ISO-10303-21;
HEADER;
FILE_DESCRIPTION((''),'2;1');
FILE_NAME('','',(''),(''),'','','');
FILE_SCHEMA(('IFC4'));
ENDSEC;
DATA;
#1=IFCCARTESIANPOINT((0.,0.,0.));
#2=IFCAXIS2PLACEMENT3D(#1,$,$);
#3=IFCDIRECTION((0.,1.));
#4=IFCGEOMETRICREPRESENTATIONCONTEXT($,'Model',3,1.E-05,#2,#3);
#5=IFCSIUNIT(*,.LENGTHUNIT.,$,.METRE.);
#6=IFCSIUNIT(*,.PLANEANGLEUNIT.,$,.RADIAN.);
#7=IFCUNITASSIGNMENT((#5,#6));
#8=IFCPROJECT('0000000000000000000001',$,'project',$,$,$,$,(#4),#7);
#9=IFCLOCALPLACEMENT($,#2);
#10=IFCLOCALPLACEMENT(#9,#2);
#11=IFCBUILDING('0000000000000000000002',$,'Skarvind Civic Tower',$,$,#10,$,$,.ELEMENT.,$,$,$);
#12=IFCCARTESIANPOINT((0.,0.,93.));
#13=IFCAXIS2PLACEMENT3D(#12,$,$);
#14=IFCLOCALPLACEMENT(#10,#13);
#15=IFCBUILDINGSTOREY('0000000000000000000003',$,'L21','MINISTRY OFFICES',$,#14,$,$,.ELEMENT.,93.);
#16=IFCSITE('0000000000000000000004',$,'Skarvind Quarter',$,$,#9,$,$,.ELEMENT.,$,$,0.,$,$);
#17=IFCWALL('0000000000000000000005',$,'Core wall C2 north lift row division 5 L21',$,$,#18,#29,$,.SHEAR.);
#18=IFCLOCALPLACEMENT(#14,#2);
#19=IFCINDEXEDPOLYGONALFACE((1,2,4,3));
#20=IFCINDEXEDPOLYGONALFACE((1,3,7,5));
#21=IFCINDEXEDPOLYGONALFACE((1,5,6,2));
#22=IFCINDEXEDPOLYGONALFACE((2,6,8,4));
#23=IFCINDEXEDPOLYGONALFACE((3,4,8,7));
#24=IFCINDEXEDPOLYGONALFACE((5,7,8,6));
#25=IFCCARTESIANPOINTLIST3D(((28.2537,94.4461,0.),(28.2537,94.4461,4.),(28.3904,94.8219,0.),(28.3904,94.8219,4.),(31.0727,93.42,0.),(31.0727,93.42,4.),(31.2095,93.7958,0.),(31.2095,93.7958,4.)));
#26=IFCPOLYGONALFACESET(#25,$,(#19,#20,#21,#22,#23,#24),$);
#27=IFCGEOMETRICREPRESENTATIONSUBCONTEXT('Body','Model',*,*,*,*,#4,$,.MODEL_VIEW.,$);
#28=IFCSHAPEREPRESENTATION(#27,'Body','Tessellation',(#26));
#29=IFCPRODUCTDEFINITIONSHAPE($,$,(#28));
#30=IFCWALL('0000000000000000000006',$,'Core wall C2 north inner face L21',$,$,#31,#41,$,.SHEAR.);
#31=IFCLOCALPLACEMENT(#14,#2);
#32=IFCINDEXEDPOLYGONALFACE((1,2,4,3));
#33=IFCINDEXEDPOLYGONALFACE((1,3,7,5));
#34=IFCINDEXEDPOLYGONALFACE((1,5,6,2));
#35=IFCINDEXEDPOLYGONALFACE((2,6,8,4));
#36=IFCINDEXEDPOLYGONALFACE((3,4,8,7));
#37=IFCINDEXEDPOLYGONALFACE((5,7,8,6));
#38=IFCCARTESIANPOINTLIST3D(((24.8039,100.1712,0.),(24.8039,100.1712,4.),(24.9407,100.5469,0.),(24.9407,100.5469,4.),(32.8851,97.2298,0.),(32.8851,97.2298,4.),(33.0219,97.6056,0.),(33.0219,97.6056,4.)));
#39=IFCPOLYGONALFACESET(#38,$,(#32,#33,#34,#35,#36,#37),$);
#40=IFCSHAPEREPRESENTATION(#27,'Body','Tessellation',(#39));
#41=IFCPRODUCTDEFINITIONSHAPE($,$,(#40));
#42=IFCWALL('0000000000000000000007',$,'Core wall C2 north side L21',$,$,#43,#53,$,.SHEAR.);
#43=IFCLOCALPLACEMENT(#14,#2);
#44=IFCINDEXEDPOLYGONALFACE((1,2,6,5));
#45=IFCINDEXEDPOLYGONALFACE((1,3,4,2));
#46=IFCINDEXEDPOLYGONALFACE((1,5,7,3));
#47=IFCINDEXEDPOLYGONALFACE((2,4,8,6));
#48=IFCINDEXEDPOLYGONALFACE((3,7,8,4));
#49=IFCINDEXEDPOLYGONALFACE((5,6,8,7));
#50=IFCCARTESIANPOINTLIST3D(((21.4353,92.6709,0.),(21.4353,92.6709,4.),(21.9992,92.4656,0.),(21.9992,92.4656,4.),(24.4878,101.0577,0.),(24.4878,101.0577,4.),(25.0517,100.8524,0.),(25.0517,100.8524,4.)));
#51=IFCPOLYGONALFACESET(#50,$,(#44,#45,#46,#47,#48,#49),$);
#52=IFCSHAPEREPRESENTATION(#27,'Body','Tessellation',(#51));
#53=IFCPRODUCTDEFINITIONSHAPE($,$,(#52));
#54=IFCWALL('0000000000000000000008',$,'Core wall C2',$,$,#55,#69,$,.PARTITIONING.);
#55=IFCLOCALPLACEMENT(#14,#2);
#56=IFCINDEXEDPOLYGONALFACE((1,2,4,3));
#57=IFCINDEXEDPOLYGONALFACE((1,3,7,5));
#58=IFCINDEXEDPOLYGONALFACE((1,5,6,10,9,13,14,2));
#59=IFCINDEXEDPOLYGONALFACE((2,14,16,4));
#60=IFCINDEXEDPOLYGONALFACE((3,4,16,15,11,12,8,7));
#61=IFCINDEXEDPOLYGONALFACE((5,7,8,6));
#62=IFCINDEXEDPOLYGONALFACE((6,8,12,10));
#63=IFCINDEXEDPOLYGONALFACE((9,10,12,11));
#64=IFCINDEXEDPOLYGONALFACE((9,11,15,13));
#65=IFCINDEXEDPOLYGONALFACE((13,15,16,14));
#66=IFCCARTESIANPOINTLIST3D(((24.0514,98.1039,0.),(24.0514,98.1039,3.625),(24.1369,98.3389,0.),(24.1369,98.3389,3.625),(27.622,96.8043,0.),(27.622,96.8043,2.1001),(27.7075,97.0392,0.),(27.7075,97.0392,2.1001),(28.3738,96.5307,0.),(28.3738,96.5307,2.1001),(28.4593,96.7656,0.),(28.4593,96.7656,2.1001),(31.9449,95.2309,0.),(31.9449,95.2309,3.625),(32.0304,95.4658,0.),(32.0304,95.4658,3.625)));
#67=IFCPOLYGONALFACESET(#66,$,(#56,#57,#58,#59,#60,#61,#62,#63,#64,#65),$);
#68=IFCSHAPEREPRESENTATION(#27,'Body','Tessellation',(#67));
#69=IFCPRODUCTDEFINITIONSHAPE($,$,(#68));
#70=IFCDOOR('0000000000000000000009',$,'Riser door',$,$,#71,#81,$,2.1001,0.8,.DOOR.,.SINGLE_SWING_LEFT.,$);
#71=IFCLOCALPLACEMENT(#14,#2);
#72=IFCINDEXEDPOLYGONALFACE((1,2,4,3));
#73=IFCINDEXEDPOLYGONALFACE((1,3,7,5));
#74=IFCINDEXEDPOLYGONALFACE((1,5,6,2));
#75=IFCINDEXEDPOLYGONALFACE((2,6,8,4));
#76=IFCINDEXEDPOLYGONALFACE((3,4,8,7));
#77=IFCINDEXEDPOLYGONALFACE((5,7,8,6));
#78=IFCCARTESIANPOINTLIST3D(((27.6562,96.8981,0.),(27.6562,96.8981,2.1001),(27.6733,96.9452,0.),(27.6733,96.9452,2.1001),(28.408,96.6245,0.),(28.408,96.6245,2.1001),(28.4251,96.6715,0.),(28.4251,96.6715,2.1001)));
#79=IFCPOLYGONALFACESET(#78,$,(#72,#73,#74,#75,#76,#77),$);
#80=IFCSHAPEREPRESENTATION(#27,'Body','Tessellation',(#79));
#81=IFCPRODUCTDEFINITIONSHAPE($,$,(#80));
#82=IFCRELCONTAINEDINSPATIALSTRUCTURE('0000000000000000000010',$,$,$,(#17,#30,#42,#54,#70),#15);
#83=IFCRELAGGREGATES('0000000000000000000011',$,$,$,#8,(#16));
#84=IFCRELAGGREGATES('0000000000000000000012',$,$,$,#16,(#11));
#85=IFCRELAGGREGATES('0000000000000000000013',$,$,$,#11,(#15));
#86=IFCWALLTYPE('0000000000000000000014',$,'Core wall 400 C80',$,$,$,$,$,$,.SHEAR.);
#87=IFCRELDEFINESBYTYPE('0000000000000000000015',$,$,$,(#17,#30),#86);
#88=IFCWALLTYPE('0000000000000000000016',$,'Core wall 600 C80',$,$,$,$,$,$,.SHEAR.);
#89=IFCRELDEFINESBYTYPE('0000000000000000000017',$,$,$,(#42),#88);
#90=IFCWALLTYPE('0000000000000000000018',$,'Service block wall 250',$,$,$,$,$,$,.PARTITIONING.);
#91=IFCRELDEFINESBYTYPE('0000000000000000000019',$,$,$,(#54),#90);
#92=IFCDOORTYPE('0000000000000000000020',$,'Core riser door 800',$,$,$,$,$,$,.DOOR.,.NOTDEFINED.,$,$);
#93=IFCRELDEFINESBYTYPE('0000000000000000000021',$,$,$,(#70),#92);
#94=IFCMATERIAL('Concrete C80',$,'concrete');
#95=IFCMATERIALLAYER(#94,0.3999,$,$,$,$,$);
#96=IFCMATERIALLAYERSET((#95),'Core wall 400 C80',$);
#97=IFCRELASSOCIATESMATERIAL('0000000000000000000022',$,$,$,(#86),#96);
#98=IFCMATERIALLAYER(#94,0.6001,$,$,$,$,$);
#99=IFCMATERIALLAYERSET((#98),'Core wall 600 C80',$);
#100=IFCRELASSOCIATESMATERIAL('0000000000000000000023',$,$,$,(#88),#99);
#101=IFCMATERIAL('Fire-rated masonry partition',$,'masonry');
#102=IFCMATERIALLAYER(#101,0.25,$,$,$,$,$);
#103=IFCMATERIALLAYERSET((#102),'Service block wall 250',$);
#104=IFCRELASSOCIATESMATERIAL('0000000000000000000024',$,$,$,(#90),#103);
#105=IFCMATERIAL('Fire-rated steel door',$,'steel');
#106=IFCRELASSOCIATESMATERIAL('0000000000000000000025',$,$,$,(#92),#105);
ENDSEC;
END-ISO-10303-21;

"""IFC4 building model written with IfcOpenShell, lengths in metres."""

from ifc_helpers import new_model, si_unit, direction, frame, frame_2d, origin, place, context, subcontext, project, spatial, rectangle, extrude, material, layer, layer_set, type_object, element, fill, save


model = new_model("IFC4")

# Units and contexts
model_context = context("Model", 3, precision=1e-05, world=origin(), true_north=direction((0.0, 1.0)))
body_context = subcontext(model_context, "Body", "Model", "MODEL_VIEW")
ifc_project = project(units=[si_unit("LENGTHUNIT", "METRE"), si_unit("PLANEANGLEUNIT", "RADIAN")], contexts=[model_context])

# Site, building, storey
site_placement = place(None, origin())
site = spatial("IfcSite", under=ifc_project, at=site_placement, Name="Skarvind Quarter", CompositionType="ELEMENT", RefElevation=0.0)
building_placement = place(site_placement, origin())
building = spatial("IfcBuilding", under=site, at=building_placement, Name="Skarvind Civic Tower", CompositionType="ELEMENT")
storey_placement = place(building_placement, frame((0.0, 0.0, 93.0)))
storey = spatial("IfcBuildingStorey", under=building, at=storey_placement, Name="L21", Description="MINISTRY OFFICES", CompositionType="ELEMENT", Elevation=93.0)

# Shared definitions
ifc_material_1 = material(Name="Concrete C80", Category="concrete")

# Shared definitions
ifc_material_2 = material(Name="Fire-rated masonry partition", Category="masonry")
ifc_material_3 = material(Name="Fire-rated steel door", Category="steel")

# Walls
ifc_layer_1 = layer(ifc_material_1, 0.3999)
ifc_layer_set_1 = layer_set([ifc_layer_1], Name="Core wall 400 C80")
wall_type_1 = type_object("IfcWallType", Name="Core wall 400 C80", PredefinedType="SHEAR", material=ifc_layer_set_1)
wall_1_placement = place(storey_placement, frame((31.1411, 93.6079, 0.0), z_axis=(0.0, 0.0, 1.0), x_axis=(-0.939686, 0.342037, 0.0)))
element("IfcWall", 1, at=wall_1_placement, inside=storey, type_object=wall_type_1, Name="Core wall C2 north lift row division 5 L21", PredefinedType="SHEAR", context=body_context, shape_type="SweptSolid", body=[
    extrude(rectangle(XDim=3.0, YDim=0.3999, at=frame_2d((1.5, 0.0))), origin(), (0.0, 0.0, 1.0), 4.0),
])
wall_2_placement = place(storey_placement, frame((32.9534, 97.4177, 0.0), z_axis=(0.0, 0.0, 1.0), x_axis=(-0.939691, 0.342026, 0.0)))
element("IfcWall", 2, at=wall_2_placement, inside=storey, type_object=wall_type_1, Name="Core wall C2 north inner face L21", PredefinedType="SHEAR", context=body_context, shape_type="SweptSolid", body=[
    extrude(rectangle(XDim=8.5999, YDim=0.3999, at=frame_2d((4.2998, 0.0))), origin(), (0.0, 0.0, 1.0), 4.0),
])
ifc_layer_2 = layer(ifc_material_1, 0.6001)
ifc_layer_set_2 = layer_set([ifc_layer_2], Name="Core wall 600 C80")
wall_type_2 = type_object("IfcWallType", Name="Core wall 600 C80", PredefinedType="SHEAR", material=ifc_layer_set_2)
wall_3_placement = place(storey_placement, frame((21.7173, 92.5684, 0.0), z_axis=(0.0, 0.0, 1.0), x_axis=(0.342018, 0.939694, 0.0)))
element("IfcWall", 3, at=wall_3_placement, inside=storey, type_object=wall_type_2, Name="Core wall C2 north side L21", PredefinedType="SHEAR", context=body_context, shape_type="SweptSolid", body=[
    extrude(rectangle(XDim=8.925, YDim=0.6001, at=frame_2d((4.4624, 0.0))), origin(), (0.0, 0.0, 1.0), 4.0),
])

# Wall, opening, door
ifc_layer_3 = layer(ifc_material_2, 0.25)
ifc_layer_set_3 = layer_set([ifc_layer_3], Name="Service block wall 250")
wall_type_3 = type_object("IfcWallType", Name="Service block wall 250", PredefinedType="PARTITIONING", material=ifc_layer_set_3)
wall_4_placement = place(storey_placement, frame((24.094, 98.2214, 0.0), z_axis=(0.0, 0.0, 1.0), x_axis=(0.939692, -0.342023, 0.0)))
wall_4 = element("IfcWall", 4, at=wall_4_placement, inside=storey, type_object=wall_type_3, Name="Core wall C2", PredefinedType="PARTITIONING", context=body_context, shape_type="SweptSolid", body=[
    extrude(rectangle(XDim=8.4001, YDim=0.25, at=frame_2d((4.2002, 0.0))), origin(), (0.0, 0.0, 1.0), 3.625),
])
opening_1_placement = place(wall_4_placement, frame((3.8, 0.0, 0.0)))
opening_1 = element("IfcOpeningElement", 5, at=opening_1_placement, cuts=wall_4, PredefinedType="OPENING", context=body_context, shape_type="SweptSolid", body=[
    extrude(rectangle(XDim=0.8, YDim=2.1001, at=frame_2d((0.3999, 1.05))), frame((0.0, 0.135, 0.0), z_axis=(0.0, -1.0, 0.0), x_axis=(1.0, 0.0, 0.0)), (0.0, 0.0, 1.0), 0.27),
])
door_type_1 = type_object("IfcDoorType", Name="Core riser door 800", OperationType="NOTDEFINED", PredefinedType="DOOR", material=ifc_material_3)
door_1_placement = place(opening_1_placement, origin())
door_1 = element("IfcDoor", 6, at=door_1_placement, inside=storey, type_object=door_type_1, Name="Riser door", OperationType="SINGLE_SWING_LEFT", OverallHeight=2.1001, OverallWidth=0.8, PredefinedType="DOOR", context=body_context, shape_type="SweptSolid", body=[
    extrude(rectangle(XDim=0.8, YDim=2.1001, at=frame_2d((0.3999, 1.05))), frame((0.0, 0.0249, 0.0), z_axis=(0.0, -1.0, 0.0), x_axis=(1.0, 0.0, 0.0)), (0.0, 0.0, 1.0), 0.05),
])
fill(opening_1, door_1)

save(model, "model.ifc")
